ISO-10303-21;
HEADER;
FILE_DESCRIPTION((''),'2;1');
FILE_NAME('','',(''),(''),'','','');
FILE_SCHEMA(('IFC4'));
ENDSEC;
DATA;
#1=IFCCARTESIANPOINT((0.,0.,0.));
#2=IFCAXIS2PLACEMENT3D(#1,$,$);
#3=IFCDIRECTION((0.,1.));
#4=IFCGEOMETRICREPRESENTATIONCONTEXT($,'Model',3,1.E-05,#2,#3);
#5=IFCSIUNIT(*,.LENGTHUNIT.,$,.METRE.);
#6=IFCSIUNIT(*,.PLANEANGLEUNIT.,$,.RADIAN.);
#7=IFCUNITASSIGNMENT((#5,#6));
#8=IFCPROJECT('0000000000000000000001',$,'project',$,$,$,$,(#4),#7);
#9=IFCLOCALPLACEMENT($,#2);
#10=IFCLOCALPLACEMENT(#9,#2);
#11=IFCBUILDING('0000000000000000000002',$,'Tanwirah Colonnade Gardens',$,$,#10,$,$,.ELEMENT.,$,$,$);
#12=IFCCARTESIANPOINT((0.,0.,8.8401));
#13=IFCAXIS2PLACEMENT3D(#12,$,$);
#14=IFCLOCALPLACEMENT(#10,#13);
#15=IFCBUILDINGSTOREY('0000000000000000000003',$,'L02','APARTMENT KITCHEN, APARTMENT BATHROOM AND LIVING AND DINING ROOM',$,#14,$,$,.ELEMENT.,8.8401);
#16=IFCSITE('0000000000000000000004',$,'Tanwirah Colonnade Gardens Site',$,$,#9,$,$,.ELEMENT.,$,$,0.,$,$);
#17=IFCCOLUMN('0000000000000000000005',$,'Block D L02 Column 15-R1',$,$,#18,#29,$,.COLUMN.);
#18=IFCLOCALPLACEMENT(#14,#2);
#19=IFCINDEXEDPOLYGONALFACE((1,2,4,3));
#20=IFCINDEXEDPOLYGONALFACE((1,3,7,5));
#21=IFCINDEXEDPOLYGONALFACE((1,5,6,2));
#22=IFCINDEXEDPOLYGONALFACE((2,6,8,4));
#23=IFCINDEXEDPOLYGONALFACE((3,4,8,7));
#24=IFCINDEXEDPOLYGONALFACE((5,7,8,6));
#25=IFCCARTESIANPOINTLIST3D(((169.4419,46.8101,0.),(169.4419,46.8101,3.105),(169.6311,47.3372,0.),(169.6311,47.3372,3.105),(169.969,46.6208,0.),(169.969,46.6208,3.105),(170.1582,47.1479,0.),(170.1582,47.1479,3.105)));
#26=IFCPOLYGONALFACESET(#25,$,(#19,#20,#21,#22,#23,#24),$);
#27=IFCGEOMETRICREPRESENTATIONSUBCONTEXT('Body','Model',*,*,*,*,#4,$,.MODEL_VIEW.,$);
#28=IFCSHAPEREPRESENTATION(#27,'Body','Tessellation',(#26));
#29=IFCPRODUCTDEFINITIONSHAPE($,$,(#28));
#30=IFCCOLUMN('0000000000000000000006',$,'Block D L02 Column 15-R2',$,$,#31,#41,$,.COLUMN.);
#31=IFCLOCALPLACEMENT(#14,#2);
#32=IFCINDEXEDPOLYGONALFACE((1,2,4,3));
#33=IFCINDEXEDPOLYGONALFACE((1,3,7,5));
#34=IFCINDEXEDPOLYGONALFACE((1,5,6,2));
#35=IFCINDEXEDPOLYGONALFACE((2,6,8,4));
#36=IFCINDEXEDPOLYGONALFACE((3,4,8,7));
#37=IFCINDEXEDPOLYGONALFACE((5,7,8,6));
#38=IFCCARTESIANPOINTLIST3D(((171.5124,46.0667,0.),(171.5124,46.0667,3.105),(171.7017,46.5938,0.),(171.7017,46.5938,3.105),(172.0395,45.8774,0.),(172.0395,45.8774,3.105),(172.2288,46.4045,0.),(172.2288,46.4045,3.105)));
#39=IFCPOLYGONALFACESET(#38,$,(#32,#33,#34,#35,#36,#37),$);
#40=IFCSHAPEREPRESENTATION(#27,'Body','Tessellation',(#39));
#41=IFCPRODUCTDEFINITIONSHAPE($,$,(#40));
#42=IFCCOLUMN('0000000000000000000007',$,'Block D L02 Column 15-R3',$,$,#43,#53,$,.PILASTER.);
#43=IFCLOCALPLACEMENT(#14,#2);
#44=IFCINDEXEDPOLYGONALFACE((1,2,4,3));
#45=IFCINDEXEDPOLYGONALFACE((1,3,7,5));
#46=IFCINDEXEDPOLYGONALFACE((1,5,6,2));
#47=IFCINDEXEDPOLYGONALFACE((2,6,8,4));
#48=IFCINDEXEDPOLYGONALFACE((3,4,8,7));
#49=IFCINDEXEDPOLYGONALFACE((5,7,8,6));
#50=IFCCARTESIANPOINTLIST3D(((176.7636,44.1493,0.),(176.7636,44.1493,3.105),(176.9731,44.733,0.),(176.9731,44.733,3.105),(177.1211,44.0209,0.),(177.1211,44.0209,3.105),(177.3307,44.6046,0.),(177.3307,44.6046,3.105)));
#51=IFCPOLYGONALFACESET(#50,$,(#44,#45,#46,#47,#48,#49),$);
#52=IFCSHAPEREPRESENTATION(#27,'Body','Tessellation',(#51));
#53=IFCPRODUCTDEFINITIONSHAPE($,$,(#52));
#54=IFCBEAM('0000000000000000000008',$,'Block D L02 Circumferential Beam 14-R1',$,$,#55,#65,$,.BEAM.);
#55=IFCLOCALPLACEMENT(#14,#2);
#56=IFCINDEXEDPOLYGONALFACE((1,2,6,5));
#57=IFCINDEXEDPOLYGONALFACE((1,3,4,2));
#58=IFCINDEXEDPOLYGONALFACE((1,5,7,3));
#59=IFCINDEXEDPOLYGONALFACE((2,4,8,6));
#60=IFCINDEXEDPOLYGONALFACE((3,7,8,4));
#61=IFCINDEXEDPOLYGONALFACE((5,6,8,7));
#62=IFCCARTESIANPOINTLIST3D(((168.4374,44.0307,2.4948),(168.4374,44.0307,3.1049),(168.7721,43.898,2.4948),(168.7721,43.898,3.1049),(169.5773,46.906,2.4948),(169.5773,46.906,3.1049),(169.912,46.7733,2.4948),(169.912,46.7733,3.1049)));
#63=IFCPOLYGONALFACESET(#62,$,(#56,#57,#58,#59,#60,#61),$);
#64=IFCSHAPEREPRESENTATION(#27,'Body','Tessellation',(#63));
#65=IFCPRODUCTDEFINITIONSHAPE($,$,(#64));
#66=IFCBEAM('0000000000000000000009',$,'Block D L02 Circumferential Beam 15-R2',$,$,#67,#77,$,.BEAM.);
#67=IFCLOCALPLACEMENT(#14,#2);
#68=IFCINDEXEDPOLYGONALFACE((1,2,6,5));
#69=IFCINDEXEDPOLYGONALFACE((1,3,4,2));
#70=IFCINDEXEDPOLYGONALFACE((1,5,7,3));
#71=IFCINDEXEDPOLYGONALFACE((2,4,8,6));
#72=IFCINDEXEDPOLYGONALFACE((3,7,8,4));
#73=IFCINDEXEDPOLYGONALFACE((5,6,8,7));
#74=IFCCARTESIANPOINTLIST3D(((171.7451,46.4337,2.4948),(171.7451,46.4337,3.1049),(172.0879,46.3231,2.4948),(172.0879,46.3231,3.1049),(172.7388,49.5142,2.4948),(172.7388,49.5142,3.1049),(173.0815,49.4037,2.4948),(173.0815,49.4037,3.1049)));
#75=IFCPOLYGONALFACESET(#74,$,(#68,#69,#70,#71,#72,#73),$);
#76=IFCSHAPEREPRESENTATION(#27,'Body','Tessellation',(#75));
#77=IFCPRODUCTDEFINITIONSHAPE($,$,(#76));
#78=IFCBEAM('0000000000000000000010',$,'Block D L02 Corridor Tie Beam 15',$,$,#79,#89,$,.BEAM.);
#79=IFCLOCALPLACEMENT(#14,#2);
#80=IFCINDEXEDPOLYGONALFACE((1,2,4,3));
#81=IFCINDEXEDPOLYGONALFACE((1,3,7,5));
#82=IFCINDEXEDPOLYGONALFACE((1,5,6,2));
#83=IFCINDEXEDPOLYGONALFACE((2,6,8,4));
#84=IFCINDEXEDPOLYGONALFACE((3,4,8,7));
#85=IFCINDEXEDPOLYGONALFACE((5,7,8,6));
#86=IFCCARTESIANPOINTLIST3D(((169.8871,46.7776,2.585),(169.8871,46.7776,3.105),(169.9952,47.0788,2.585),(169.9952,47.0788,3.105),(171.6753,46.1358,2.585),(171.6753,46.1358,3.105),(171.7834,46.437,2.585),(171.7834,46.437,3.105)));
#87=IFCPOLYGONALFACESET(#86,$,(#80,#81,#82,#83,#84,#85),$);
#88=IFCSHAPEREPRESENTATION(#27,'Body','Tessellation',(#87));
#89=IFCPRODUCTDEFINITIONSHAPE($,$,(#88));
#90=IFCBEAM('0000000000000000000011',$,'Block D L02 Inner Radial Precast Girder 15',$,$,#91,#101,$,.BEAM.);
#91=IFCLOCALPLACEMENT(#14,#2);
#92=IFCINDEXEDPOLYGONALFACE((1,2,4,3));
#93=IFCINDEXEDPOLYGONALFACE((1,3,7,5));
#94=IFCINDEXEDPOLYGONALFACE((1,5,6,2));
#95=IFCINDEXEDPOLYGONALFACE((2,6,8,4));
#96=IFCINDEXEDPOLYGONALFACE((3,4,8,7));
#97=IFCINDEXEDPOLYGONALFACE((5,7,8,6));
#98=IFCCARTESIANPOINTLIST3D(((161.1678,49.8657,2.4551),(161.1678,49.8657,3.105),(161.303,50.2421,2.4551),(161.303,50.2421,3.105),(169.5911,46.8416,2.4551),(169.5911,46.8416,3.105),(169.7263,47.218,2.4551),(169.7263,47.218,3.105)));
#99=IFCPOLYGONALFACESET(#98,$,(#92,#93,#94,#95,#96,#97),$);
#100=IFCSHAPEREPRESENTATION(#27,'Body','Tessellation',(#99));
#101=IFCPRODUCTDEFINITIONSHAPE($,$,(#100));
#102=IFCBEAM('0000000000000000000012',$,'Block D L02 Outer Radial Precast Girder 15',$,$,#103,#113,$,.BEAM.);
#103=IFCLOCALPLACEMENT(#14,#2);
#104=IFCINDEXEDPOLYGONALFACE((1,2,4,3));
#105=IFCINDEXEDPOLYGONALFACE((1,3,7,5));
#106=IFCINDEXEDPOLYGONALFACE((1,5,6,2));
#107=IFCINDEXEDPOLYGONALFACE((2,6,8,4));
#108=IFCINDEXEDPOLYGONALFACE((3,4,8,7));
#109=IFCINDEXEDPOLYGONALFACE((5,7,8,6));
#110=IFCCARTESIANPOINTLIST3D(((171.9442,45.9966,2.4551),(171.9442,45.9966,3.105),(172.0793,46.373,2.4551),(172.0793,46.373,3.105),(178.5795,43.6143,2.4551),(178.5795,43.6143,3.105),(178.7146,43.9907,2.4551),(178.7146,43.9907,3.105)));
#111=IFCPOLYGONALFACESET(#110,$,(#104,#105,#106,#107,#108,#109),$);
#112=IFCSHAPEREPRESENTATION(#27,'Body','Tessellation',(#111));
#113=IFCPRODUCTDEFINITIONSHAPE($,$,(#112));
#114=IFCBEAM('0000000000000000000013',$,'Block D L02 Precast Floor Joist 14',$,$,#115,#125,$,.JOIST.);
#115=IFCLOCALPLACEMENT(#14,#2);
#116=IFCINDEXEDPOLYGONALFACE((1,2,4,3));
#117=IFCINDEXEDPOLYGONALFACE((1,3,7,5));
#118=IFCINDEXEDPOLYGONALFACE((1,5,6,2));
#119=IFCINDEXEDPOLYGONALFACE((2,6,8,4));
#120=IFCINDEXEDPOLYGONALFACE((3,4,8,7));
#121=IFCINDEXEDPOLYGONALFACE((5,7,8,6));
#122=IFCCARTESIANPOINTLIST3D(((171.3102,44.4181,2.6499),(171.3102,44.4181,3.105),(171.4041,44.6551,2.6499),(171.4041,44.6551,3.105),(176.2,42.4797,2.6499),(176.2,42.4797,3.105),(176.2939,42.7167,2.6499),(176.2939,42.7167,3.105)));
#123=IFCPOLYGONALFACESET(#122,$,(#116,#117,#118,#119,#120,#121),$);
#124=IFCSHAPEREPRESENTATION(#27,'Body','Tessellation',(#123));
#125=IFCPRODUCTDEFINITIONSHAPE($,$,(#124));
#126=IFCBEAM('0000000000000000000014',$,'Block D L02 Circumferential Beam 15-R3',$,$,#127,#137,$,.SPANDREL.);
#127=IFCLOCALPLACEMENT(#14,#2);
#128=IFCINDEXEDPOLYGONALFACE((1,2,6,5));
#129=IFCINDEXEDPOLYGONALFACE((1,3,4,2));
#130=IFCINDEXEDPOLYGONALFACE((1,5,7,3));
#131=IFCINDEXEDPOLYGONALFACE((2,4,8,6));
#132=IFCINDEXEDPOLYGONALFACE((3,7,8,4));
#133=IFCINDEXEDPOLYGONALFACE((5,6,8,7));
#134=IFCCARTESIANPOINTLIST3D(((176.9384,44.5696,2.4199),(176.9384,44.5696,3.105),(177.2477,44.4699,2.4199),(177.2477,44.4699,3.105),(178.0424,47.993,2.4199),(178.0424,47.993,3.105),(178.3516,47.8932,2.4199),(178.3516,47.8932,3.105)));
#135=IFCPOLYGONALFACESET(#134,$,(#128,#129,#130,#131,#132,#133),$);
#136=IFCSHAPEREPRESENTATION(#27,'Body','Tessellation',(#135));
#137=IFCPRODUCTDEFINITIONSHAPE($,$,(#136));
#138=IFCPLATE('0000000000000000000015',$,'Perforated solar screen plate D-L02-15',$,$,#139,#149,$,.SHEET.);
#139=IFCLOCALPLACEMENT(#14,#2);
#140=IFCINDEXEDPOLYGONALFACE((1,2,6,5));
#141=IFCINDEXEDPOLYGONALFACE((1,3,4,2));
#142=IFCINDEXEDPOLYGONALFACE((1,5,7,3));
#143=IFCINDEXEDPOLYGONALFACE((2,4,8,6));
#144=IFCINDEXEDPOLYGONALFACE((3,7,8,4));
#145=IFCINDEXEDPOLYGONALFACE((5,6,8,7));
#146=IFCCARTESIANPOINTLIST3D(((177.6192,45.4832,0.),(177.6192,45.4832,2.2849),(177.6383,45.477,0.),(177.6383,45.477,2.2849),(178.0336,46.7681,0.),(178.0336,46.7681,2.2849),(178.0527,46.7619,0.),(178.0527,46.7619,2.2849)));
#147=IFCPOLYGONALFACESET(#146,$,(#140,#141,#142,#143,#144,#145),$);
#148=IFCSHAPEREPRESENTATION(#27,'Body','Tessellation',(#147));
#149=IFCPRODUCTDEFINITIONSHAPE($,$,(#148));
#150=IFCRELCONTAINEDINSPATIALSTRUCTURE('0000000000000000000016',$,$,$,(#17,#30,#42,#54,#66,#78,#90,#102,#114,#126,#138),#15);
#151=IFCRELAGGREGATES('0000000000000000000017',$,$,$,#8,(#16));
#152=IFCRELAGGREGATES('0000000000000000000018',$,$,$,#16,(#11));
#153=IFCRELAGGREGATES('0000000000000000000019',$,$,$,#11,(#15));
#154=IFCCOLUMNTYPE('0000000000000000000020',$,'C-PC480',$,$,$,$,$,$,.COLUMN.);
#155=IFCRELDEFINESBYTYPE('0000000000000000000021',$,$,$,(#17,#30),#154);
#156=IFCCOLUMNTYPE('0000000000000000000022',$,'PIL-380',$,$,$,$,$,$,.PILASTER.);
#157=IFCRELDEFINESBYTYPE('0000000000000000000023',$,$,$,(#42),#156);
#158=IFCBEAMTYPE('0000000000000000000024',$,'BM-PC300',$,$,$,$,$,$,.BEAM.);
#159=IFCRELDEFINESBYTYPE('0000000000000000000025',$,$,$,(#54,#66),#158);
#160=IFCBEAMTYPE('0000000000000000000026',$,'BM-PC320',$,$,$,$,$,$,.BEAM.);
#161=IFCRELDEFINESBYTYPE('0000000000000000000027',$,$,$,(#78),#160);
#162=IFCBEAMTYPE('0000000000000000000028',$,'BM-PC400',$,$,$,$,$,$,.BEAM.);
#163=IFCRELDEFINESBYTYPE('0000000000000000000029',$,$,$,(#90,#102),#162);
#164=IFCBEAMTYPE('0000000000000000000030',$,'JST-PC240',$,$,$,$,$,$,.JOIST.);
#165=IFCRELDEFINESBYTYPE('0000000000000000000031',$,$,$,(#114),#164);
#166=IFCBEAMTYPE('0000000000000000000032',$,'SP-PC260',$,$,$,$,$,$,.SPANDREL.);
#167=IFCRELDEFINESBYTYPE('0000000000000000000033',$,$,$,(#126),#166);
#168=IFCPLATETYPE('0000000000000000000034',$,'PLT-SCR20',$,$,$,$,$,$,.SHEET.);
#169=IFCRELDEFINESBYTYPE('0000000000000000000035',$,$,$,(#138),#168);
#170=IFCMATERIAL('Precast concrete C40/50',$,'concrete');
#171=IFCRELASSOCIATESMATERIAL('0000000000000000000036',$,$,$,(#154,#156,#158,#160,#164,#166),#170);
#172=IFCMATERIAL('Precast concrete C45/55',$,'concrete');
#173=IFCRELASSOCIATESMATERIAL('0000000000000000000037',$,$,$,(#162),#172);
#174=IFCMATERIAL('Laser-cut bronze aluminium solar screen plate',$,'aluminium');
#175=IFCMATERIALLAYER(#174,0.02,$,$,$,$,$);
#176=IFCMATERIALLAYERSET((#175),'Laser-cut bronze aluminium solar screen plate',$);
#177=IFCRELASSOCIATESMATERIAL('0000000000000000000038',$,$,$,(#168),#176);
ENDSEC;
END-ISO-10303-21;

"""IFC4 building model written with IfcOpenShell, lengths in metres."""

from ifc_helpers import new_model, si_unit, direction, frame, origin, origin_2d, place, context, subcontext, project, spatial, rectangle, extrude, material, layer, layer_set, material_profile, profile_set, type_object, element, save


model = new_model("IFC4")

# Units and contexts
model_context = context("Model", 3, precision=1e-05, world=origin(), true_north=direction((0.0, 1.0)))
body_context = subcontext(model_context, "Body", "Model", "MODEL_VIEW")
ifc_project = project(units=[si_unit("LENGTHUNIT", "METRE"), si_unit("PLANEANGLEUNIT", "RADIAN")], contexts=[model_context])

# Site, building, storey
site_placement = place(None, origin())
site = spatial("IfcSite", under=ifc_project, at=site_placement, Name="Tanwirah Colonnade Gardens Site", CompositionType="ELEMENT", RefElevation=0.0)
building_placement = place(site_placement, origin())
building = spatial("IfcBuilding", under=site, at=building_placement, Name="Tanwirah Colonnade Gardens", CompositionType="ELEMENT")
storey_placement = place(building_placement, frame((0.0, 0.0, 8.8401)))
storey = spatial("IfcBuildingStorey", under=building, at=storey_placement, Name="L02", Description="APARTMENT KITCHEN, APARTMENT BATHROOM AND LIVING AND DINING ROOM", CompositionType="ELEMENT", Elevation=8.8401)

# Columns
ifc_material_1 = material(Name="Precast concrete C40/50", Category="concrete")
ifc_material_profile_1 = material_profile(ifc_material_1, rectangle(XDim=0.5601, YDim=0.5601, at=origin_2d()), Name="PC-COL 560x560")
ifc_profile_set_1 = profile_set([ifc_material_profile_1], Name="Precast concrete C40/50")
column_type_1 = type_object("IfcColumnType", Name="C-PC480", PredefinedType="COLUMN", material=ifc_profile_set_1)
for number, where, z_axis, x_axis, name in (
    (1, (169.8, 46.979, 0.0), (0.0, 0.0, 1.0), (0.941176, -0.337917, 0.0), "Block D L02 Column 15-R1"),
    (2, (171.8706, 46.2356, 0.0), (0.0, 0.0, 1.0), (0.941176, -0.337917, 0.0), "Block D L02 Column 15-R2"),
):
    element("IfcColumn", number, at=place(storey_placement, frame(where, z_axis=z_axis, x_axis=x_axis)), inside=storey, type_object=column_type_1, Name=name, PredefinedType="COLUMN", context=body_context, shape_type="SweptSolid", body=[
        extrude(rectangle(XDim=0.5601, YDim=0.5601, at=origin_2d()), origin(), (0.0, 0.0, 1.0), 3.105),
    ])
ifc_material_profile_2 = material_profile(ifc_material_1, rectangle(XDim=0.3799, YDim=0.6201, at=origin_2d()), Name="PC-PIL 380x620")
ifc_profile_set_2 = profile_set([ifc_material_profile_2], Name="Precast concrete C40/50")
column_type_2 = type_object("IfcColumnType", Name="PIL-380", PredefinedType="PILASTER", material=ifc_profile_set_2)
column_placement = place(storey_placement, frame((177.0471, 44.377, 0.0), z_axis=(0.0, 0.0, 1.0), x_axis=(0.941176, -0.337917, 0.0)))
element("IfcColumn", 3, at=column_placement, inside=storey, type_object=column_type_2, Name="Block D L02 Column 15-R3", PredefinedType="PILASTER", context=body_context, shape_type="SweptSolid", body=[
    extrude(rectangle(XDim=0.3799, YDim=0.6201, at=origin_2d()), origin(), (0.0, 0.0, 1.0), 3.105),
])

# Beams
ifc_material_profile_3 = material_profile(ifc_material_1, rectangle(XDim=0.3601, YDim=0.6101, at=origin_2d()), Name="PC-BM 360x610")
ifc_profile_set_3 = profile_set([ifc_material_profile_3], Name="Precast concrete C40/50")
beam_type_1 = type_object("IfcBeamType", Name="BM-PC300", PredefinedType="BEAM", material=ifc_profile_set_3)
beam_1_placement = place(storey_placement, frame((168.6047, 43.9644, 2.7998), z_axis=(0.368545, 0.92961, 0.0), x_axis=(-0.92961, 0.368545, 0.0)))
element("IfcBeam", 4, at=beam_1_placement, inside=storey, type_object=beam_type_1, Name="Block D L02 Circumferential Beam 14-R1", PredefinedType="BEAM", context=body_context, shape_type="SweptSolid", body=[
    extrude(rectangle(XDim=0.3601, YDim=0.6101, at=origin_2d()), origin(), (0.0, 0.0, 1.0), 3.093),
])
beam_2_placement = place(storey_placement, frame((171.9165, 46.3784, 2.7998), z_axis=(0.306981, 0.951716, 0.0), x_axis=(-0.951716, 0.306981, 0.0)))
element("IfcBeam", 5, at=beam_2_placement, inside=storey, type_object=beam_type_1, Name="Block D L02 Circumferential Beam 15-R2", PredefinedType="BEAM", context=body_context, shape_type="SweptSolid", body=[
    extrude(rectangle(XDim=0.3601, YDim=0.6101, at=origin_2d()), origin(), (0.0, 0.0, 1.0), 3.2368),
])
ifc_material_profile_4 = material_profile(ifc_material_1, rectangle(XDim=0.3201, YDim=0.52, at=origin_2d()), Name="PC-BM 320x520")
ifc_profile_set_4 = profile_set([ifc_material_profile_4], Name="Precast concrete C40/50")
beam_type_2 = type_object("IfcBeamType", Name="BM-PC320", PredefinedType="BEAM", material=ifc_profile_set_4)
beam_3_placement = place(storey_placement, frame((169.9412, 46.9282, 2.845), z_axis=(0.941215, -0.337809, 0.0), x_axis=(0.337809, 0.941215, 0.0)))
element("IfcBeam", 6, at=beam_3_placement, inside=storey, type_object=beam_type_2, Name="Block D L02 Corridor Tie Beam 15", PredefinedType="BEAM", context=body_context, shape_type="SweptSolid", body=[
    extrude(rectangle(XDim=0.3201, YDim=0.52, at=origin_2d()), origin(), (0.0, 0.0, 1.0), 1.8999),
])
ifc_material_2 = material(Name="Precast concrete C45/55", Category="concrete")
ifc_material_profile_5 = material_profile(ifc_material_2, rectangle(XDim=0.3999, YDim=0.6499, at=origin_2d()), Name="PC-BM 400x650")
ifc_profile_set_5 = profile_set([ifc_material_profile_5], Name="Precast concrete C45/55")
beam_type_3 = type_object("IfcBeamType", Name="BM-PC400", PredefinedType="BEAM", material=ifc_profile_set_5)
beam_4_placement = place(storey_placement, frame((169.6587, 47.0298, 2.78), z_axis=(-0.94118, 0.337905, 0.0), x_axis=(-0.337905, -0.94118, 0.0)))
element("IfcBeam", 7, at=beam_4_placement, inside=storey, type_object=beam_type_3, Name="Block D L02 Inner Radial Precast Girder 15", PredefinedType="BEAM", context=body_context, shape_type="SweptSolid", body=[
    extrude(rectangle(XDim=0.3999, YDim=0.6499, at=origin_2d()), origin(), (0.0, 0.0, 1.0), 8.9497),
])
beam_5_placement = place(storey_placement, frame((172.0117, 46.1848, 2.78), z_axis=(0.941175, -0.33792, 0.0), x_axis=(0.33792, 0.941175, 0.0)))
element("IfcBeam", 8, at=beam_5_placement, inside=storey, type_object=beam_type_3, Name="Block D L02 Outer Radial Precast Girder 15", PredefinedType="BEAM", context=body_context, shape_type="SweptSolid", body=[
    extrude(rectangle(XDim=0.3999, YDim=0.6499, at=origin_2d()), origin(), (0.0, 0.0, 1.0), 7.05),
])
ifc_material_profile_6 = material_profile(ifc_material_1, rectangle(XDim=0.2549, YDim=0.4551, at=origin_2d()), Name="PC-JST 255x455")
ifc_profile_set_6 = profile_set([ifc_material_profile_6], Name="Precast concrete C40/50")
beam_type_4 = type_object("IfcBeamType", Name="JST-PC240", PredefinedType="JOIST", material=ifc_profile_set_6)
beam_6_placement = place(storey_placement, frame((171.3572, 44.5366, 2.8774), z_axis=(0.929618, -0.368524, 0.0), x_axis=(0.368524, 0.929618, 0.0)))
element("IfcBeam", 9, at=beam_6_placement, inside=storey, type_object=beam_type_4, Name="Block D L02 Precast Floor Joist 14", PredefinedType="JOIST", context=body_context, shape_type="SweptSolid", body=[
    extrude(rectangle(XDim=0.2549, YDim=0.4551, at=origin_2d()), origin(), (0.0, 0.0, 1.0), 5.26),
])
ifc_material_profile_7 = material_profile(ifc_material_1, rectangle(XDim=0.325, YDim=0.6851, at=origin_2d()), Name="PC-SP 325x685")
ifc_profile_set_7 = profile_set([ifc_material_profile_7], Name="Precast concrete C40/50")
beam_type_5 = type_object("IfcBeamType", Name="SP-PC260", PredefinedType="SPANDREL", material=ifc_profile_set_7)
beam_7_placement = place(storey_placement, frame((177.093, 44.5198, 2.7625), z_axis=(0.306927, 0.951733, 0.0), x_axis=(-0.951733, 0.306927, 0.0)))
element("IfcBeam", 10, at=beam_7_placement, inside=storey, type_object=beam_type_5, Name="Block D L02 Circumferential Beam 15-R3", PredefinedType="SPANDREL", context=body_context, shape_type="SweptSolid", body=[
    extrude(rectangle(XDim=0.325, YDim=0.6851, at=origin_2d()), origin(), (0.0, 0.0, 1.0), 3.5969),
])

# Plate
ifc_material_3 = material(Name="Laser-cut bronze aluminium solar screen plate", Category="aluminium")
ifc_layer_1 = layer(ifc_material_3, 0.02)
ifc_layer_set_1 = layer_set([ifc_layer_1], Name="Laser-cut bronze aluminium solar screen plate")
plate_type = type_object("IfcPlateType", Name="PLT-SCR20", PredefinedType="SHEET", material=ifc_layer_set_1)
plate_placement = place(storey_placement, frame((177.8359, 46.1226, 0.0), z_axis=(0.0, 0.0, 1.0), x_axis=(0.306943, 0.951728, 0.0)))
element("IfcPlate", 11, at=plate_placement, inside=storey, type_object=plate_type, Name="Perforated solar screen plate D-L02-15", PredefinedType="SHEET", context=body_context, shape_type="SweptSolid", body=[
    extrude(rectangle(XDim=1.3501, YDim=0.02, at=origin_2d()), origin(), (0.0, 0.0, 1.0), 2.2849),
])

save(model, "model.ifc")
